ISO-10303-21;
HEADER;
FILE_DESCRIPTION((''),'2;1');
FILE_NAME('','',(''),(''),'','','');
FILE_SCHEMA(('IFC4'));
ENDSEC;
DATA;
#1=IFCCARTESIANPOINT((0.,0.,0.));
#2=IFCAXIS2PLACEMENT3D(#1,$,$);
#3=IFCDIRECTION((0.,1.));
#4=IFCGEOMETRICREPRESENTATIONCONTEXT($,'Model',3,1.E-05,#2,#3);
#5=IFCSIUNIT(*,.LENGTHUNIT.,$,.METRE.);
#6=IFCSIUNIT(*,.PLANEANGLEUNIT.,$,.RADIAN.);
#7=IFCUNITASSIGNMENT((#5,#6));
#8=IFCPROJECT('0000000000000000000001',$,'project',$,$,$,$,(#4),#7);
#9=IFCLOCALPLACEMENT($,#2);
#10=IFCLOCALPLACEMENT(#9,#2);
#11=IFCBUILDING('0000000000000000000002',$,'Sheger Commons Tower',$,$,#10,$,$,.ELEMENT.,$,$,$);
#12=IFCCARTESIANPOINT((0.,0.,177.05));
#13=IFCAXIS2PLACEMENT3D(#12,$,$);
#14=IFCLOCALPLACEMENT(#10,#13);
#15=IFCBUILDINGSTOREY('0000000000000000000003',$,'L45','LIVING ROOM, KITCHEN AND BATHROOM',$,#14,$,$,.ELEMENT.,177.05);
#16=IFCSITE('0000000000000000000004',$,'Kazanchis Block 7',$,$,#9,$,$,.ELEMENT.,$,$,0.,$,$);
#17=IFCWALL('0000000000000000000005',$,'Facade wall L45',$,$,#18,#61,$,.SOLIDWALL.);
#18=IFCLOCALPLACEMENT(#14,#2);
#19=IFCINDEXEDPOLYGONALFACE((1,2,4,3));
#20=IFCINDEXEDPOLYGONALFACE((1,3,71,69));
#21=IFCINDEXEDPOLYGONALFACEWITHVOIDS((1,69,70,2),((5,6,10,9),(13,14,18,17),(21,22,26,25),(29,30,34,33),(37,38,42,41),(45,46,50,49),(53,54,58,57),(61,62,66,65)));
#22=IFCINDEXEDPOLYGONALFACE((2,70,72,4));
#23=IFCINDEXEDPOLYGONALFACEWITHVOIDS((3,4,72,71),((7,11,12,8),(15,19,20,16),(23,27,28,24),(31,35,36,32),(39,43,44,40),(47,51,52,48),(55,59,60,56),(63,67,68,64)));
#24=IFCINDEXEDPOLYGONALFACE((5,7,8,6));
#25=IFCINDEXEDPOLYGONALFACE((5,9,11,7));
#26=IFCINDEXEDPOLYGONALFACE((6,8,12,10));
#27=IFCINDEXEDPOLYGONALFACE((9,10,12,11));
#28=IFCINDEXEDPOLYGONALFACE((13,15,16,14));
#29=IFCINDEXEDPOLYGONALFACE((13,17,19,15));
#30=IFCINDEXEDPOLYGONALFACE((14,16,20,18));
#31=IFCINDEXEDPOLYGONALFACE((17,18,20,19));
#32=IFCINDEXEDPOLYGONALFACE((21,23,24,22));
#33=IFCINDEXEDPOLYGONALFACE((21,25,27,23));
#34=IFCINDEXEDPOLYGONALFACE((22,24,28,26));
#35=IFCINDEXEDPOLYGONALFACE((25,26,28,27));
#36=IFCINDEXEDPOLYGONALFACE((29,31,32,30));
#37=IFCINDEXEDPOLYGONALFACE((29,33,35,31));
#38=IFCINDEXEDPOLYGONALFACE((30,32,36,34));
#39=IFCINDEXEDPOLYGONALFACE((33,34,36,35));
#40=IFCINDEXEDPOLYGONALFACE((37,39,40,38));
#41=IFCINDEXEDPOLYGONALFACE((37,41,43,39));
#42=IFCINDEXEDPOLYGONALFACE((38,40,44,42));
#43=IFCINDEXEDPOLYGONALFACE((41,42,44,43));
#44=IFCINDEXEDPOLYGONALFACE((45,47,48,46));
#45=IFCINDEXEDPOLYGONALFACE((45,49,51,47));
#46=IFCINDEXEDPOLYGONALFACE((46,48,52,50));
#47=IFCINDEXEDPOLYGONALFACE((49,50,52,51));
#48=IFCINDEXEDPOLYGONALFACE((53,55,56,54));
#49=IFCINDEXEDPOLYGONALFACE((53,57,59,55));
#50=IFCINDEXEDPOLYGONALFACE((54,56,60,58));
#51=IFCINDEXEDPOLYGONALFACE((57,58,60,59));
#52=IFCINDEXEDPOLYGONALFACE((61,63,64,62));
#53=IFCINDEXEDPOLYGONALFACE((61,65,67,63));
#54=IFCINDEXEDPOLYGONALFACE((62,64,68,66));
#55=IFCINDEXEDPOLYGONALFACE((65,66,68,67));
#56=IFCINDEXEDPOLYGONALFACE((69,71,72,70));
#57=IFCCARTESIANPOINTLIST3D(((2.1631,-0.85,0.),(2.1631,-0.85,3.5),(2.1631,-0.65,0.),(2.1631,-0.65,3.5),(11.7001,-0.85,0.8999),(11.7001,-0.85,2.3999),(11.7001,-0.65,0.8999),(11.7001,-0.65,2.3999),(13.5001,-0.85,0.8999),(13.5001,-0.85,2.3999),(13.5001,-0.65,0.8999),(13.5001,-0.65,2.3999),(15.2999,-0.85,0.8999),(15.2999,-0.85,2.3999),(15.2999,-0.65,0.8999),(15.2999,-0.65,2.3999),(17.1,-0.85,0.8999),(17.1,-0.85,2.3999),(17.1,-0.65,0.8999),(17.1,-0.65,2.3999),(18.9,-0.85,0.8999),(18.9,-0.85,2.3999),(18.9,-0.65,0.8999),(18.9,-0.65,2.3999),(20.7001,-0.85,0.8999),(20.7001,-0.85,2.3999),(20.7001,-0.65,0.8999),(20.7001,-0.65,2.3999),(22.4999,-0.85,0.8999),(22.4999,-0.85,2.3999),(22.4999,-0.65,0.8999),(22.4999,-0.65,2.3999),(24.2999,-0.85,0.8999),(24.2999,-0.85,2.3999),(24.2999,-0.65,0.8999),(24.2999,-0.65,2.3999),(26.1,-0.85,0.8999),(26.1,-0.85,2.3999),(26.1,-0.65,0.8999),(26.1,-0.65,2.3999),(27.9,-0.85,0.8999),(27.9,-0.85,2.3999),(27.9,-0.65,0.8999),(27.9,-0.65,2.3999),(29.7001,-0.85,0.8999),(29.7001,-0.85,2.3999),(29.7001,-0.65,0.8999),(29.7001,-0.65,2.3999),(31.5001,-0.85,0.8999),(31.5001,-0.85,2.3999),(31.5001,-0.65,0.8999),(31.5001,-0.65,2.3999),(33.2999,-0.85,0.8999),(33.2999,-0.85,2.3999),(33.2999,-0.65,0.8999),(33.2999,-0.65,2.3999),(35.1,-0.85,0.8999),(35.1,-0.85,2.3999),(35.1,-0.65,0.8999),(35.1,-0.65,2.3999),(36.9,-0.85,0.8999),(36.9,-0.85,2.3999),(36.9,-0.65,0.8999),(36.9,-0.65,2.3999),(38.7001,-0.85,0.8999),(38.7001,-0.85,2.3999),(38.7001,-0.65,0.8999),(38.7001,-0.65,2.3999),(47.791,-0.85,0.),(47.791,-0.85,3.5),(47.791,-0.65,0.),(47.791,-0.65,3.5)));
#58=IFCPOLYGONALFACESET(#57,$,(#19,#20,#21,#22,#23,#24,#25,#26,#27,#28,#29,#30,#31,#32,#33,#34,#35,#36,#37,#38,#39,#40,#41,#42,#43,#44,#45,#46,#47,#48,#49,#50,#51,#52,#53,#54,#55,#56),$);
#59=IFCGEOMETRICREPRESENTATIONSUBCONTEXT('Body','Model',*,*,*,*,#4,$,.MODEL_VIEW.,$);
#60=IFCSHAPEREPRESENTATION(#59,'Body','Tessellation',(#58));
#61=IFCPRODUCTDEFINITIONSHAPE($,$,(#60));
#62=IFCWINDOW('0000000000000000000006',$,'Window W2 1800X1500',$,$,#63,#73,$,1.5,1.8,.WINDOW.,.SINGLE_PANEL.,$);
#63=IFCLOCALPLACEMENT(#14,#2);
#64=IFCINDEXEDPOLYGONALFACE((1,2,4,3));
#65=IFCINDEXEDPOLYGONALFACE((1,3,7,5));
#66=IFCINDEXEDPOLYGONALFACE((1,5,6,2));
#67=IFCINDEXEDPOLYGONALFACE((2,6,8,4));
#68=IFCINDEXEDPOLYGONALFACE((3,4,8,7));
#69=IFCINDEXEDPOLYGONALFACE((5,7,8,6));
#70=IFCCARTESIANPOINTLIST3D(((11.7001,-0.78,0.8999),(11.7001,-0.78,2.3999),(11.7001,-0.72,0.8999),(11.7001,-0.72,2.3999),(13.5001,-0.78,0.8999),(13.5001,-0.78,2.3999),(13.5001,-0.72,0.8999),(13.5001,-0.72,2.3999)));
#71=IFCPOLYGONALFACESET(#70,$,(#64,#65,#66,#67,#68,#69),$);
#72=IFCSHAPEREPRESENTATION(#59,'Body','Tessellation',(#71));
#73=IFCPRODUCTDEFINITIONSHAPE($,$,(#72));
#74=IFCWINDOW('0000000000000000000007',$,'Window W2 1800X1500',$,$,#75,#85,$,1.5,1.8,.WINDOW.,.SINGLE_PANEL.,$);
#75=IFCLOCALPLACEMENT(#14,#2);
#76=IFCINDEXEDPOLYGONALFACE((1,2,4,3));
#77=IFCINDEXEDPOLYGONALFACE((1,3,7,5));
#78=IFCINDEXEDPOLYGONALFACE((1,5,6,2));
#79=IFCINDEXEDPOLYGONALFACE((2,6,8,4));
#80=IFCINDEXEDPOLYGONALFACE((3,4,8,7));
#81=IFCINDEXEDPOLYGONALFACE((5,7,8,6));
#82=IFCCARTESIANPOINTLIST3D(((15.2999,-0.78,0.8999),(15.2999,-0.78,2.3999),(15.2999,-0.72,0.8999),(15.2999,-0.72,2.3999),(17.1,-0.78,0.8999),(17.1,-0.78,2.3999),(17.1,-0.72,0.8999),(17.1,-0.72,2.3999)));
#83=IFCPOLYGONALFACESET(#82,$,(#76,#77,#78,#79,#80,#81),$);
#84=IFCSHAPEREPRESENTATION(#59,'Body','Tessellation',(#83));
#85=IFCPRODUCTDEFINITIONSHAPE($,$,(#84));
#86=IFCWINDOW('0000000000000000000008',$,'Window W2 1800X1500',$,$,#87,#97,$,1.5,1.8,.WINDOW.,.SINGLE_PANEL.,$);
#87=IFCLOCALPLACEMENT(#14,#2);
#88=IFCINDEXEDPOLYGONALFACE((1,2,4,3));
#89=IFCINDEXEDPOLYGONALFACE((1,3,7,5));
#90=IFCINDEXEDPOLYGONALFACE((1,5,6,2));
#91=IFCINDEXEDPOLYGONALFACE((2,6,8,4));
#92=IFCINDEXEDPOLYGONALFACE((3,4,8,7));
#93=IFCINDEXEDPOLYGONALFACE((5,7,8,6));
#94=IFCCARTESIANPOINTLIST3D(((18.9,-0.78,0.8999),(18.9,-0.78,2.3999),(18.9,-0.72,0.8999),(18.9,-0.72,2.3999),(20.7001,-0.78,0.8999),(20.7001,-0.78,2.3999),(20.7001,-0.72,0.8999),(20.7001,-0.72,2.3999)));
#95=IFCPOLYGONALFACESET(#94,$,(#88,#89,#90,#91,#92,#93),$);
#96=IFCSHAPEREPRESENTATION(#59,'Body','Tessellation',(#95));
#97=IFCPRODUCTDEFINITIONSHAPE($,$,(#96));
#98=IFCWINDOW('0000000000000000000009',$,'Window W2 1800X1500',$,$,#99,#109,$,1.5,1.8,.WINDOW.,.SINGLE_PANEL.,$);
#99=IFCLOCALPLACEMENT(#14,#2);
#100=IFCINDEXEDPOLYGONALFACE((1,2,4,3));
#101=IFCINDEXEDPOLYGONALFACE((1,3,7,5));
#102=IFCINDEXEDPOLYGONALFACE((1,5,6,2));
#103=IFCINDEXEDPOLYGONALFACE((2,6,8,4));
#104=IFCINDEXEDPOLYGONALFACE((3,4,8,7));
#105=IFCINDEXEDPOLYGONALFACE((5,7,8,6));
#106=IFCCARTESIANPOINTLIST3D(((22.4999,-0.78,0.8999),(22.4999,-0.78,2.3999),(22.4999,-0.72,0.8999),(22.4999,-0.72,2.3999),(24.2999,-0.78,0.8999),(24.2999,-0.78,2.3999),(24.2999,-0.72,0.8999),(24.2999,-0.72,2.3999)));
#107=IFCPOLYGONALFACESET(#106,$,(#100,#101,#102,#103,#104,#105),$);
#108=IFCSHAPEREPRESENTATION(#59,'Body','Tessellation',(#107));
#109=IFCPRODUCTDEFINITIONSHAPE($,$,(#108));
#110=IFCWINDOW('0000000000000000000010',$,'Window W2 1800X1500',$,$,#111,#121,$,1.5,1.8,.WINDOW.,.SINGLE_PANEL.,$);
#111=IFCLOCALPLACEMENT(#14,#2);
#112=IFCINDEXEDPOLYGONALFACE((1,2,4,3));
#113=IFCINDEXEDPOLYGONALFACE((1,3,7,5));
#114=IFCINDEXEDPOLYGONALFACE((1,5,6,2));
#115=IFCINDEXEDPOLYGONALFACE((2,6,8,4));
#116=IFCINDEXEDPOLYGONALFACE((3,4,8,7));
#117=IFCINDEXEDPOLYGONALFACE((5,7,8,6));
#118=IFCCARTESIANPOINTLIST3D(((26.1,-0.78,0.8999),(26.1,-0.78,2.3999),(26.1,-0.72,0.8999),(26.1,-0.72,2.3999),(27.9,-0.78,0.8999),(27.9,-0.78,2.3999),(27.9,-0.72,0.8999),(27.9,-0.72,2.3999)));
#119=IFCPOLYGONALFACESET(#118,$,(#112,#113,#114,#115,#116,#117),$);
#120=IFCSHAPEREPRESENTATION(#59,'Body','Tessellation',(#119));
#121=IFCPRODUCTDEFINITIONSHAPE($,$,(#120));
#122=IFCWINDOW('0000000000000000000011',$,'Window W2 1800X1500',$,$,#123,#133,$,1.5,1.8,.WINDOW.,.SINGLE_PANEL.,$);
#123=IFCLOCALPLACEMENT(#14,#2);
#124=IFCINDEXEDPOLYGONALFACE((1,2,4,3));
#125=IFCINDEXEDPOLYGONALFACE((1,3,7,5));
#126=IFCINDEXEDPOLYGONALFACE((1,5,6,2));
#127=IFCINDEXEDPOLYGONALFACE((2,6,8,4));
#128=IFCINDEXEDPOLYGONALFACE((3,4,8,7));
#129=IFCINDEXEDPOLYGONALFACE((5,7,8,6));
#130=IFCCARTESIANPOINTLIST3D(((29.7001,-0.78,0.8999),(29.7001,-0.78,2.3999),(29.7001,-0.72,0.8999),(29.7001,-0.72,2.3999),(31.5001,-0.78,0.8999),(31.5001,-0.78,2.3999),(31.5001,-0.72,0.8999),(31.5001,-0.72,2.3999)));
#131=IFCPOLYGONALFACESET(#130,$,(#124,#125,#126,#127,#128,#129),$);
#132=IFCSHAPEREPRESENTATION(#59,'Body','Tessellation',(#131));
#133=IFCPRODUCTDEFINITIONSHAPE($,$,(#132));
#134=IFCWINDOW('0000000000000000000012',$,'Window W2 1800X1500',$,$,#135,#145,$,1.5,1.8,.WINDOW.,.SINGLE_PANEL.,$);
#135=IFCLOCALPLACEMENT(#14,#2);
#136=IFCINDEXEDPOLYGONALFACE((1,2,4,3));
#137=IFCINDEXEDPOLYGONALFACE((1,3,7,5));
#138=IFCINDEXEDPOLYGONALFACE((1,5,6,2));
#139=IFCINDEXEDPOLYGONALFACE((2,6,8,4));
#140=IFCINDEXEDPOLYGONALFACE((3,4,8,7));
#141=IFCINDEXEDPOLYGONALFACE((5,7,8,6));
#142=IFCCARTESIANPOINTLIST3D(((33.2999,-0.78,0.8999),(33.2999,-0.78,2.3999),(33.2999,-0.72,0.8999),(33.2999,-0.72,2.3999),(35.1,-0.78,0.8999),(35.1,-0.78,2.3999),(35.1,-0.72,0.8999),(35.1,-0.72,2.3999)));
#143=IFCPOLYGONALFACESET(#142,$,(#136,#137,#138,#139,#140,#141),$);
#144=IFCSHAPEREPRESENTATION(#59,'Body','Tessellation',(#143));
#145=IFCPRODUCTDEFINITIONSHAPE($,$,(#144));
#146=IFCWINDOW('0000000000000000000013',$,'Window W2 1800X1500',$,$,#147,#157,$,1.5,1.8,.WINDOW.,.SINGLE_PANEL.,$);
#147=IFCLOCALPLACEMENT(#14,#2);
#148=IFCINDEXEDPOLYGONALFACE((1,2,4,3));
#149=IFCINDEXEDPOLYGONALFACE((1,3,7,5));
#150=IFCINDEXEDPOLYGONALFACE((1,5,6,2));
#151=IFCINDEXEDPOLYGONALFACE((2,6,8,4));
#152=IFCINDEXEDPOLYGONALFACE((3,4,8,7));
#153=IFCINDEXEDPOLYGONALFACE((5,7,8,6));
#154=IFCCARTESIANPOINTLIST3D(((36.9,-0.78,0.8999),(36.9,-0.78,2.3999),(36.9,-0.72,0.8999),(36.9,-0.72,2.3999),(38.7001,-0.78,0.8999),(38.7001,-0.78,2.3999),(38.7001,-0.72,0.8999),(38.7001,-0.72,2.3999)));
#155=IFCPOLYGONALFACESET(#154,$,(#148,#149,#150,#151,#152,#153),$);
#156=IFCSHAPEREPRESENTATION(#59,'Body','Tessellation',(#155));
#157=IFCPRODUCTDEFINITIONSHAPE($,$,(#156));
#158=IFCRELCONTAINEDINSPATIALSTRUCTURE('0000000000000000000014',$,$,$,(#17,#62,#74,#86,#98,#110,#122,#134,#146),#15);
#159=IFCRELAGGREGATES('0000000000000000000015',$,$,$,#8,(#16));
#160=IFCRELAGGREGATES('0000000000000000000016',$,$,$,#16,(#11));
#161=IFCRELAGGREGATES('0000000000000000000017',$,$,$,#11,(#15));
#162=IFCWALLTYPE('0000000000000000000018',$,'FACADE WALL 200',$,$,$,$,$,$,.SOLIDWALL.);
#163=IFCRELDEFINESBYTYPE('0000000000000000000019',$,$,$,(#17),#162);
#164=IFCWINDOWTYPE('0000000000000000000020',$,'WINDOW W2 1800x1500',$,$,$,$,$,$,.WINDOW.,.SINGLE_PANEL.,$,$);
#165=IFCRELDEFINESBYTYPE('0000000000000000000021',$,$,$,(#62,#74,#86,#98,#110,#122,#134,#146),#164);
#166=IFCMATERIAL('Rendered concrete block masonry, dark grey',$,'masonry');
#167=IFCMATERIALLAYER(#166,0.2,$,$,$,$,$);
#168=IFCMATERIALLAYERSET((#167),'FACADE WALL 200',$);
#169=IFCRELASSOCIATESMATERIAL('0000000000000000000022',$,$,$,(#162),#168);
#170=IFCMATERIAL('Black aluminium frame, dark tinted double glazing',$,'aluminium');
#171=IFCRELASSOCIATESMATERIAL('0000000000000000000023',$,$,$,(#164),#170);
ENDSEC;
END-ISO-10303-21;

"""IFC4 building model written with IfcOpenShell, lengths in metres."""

from ifc_helpers import new_model, si_unit, direction, frame, frame_2d, origin, place, context, subcontext, project, spatial, rectangle, extrude, material, layer, layer_set, type_object, element, fill, save


model = new_model("IFC4")

# Units and contexts
model_context = context("Model", 3, precision=1e-05, world=origin(), true_north=direction((0.0, 1.0)))
body_context = subcontext(model_context, "Body", "Model", "MODEL_VIEW")
ifc_project = project(units=[si_unit("LENGTHUNIT", "METRE"), si_unit("PLANEANGLEUNIT", "RADIAN")], contexts=[model_context])

# Site, building, storey
site_placement = place(None, origin())
site = spatial("IfcSite", under=ifc_project, at=site_placement, Name="Kazanchis Block 7", CompositionType="ELEMENT", RefElevation=0.0)
building_placement = place(site_placement, origin())
building = spatial("IfcBuilding", under=site, at=building_placement, Name="Sheger Commons Tower", CompositionType="ELEMENT")
storey_placement = place(building_placement, frame((0.0, 0.0, 177.05)))
storey = spatial("IfcBuildingStorey", under=building, at=storey_placement, Name="L45", Description="LIVING ROOM, KITCHEN AND BATHROOM", CompositionType="ELEMENT", Elevation=177.05)

# Wall, openings, windows
ifc_material_1 = material(Name="Rendered concrete block masonry, dark grey", Category="masonry")
ifc_layer_1 = layer(ifc_material_1, 0.2)
ifc_layer_set_1 = layer_set([ifc_layer_1], Name="FACADE WALL 200")
wall_type_1 = type_object("IfcWallType", Name="FACADE WALL 200", PredefinedType="SOLIDWALL", material=ifc_layer_set_1)
wall_1_placement = place(storey_placement, frame((2.1631, -0.75, 0.0), z_axis=(0.0, 0.0, 1.0), x_axis=(1.0, 0.0, 0.0)))
wall_1 = element("IfcWall", 1, at=wall_1_placement, inside=storey, type_object=wall_type_1, Name="Facade wall L45", PredefinedType="SOLIDWALL", context=body_context, shape_type="SweptSolid", body=[
    extrude(rectangle(XDim=45.6279, YDim=0.2, at=frame_2d((22.814, 0.0))), origin(), (0.0, 0.0, 1.0), 3.5),
])
opening_1_placement = place(wall_1_placement, frame((9.5371, 0.0, 0.8999)))
opening_1 = element("IfcOpeningElement", 2, at=opening_1_placement, cuts=wall_1, PredefinedType="OPENING", context=body_context, shape_type="SweptSolid", body=[
    extrude(rectangle(XDim=1.8, YDim=1.5, at=frame_2d((0.8999, 0.75))), frame((0.0, 0.1099, 0.0), z_axis=(0.0, -1.0, 0.0), x_axis=(1.0, 0.0, 0.0)), (0.0, 0.0, 1.0), 0.22),
])
opening_2_placement = place(wall_1_placement, frame((13.137, 0.0, 0.8999)))
opening_2 = element("IfcOpeningElement", 3, at=opening_2_placement, cuts=wall_1, PredefinedType="OPENING", context=body_context, shape_type="SweptSolid", body=[
    extrude(rectangle(XDim=1.8, YDim=1.5, at=frame_2d((0.8999, 0.75))), frame((0.0, 0.1099, 0.0), z_axis=(0.0, -1.0, 0.0), x_axis=(1.0, 0.0, 0.0)), (0.0, 0.0, 1.0), 0.22),
])
opening_3_placement = place(wall_1_placement, frame((16.7371, 0.0, 0.8999)))
opening_3 = element("IfcOpeningElement", 4, at=opening_3_placement, cuts=wall_1, PredefinedType="OPENING", context=body_context, shape_type="SweptSolid", body=[
    extrude(rectangle(XDim=1.8, YDim=1.5, at=frame_2d((0.8999, 0.75))), frame((0.0, 0.1099, 0.0), z_axis=(0.0, -1.0, 0.0), x_axis=(1.0, 0.0, 0.0)), (0.0, 0.0, 1.0), 0.22),
])
opening_4_placement = place(wall_1_placement, frame((20.3369, 0.0, 0.8999)))
opening_4 = element("IfcOpeningElement", 5, at=opening_4_placement, cuts=wall_1, PredefinedType="OPENING", context=body_context, shape_type="SweptSolid", body=[
    extrude(rectangle(XDim=1.8, YDim=1.5, at=frame_2d((0.8999, 0.75))), frame((0.0, 0.1099, 0.0), z_axis=(0.0, -1.0, 0.0), x_axis=(1.0, 0.0, 0.0)), (0.0, 0.0, 1.0), 0.22),
])
opening_5_placement = place(wall_1_placement, frame((23.937, 0.0, 0.8999)))
opening_5 = element("IfcOpeningElement", 6, at=opening_5_placement, cuts=wall_1, PredefinedType="OPENING", context=body_context, shape_type="SweptSolid", body=[
    extrude(rectangle(XDim=1.8, YDim=1.5, at=frame_2d((0.8999, 0.75))), frame((0.0, 0.1099, 0.0), z_axis=(0.0, -1.0, 0.0), x_axis=(1.0, 0.0, 0.0)), (0.0, 0.0, 1.0), 0.22),
])
opening_6_placement = place(wall_1_placement, frame((27.5371, 0.0, 0.8999)))
opening_6 = element("IfcOpeningElement", 7, at=opening_6_placement, cuts=wall_1, PredefinedType="OPENING", context=body_context, shape_type="SweptSolid", body=[
    extrude(rectangle(XDim=1.8, YDim=1.5, at=frame_2d((0.8999, 0.75))), frame((0.0, 0.1099, 0.0), z_axis=(0.0, -1.0, 0.0), x_axis=(1.0, 0.0, 0.0)), (0.0, 0.0, 1.0), 0.22),
])
opening_7_placement = place(wall_1_placement, frame((31.137, 0.0, 0.8999)))
opening_7 = element("IfcOpeningElement", 8, at=opening_7_placement, cuts=wall_1, PredefinedType="OPENING", context=body_context, shape_type="SweptSolid", body=[
    extrude(rectangle(XDim=1.8, YDim=1.5, at=frame_2d((0.8999, 0.75))), frame((0.0, 0.1099, 0.0), z_axis=(0.0, -1.0, 0.0), x_axis=(1.0, 0.0, 0.0)), (0.0, 0.0, 1.0), 0.22),
])
opening_8_placement = place(wall_1_placement, frame((34.7371, 0.0, 0.8999)))
opening_8 = element("IfcOpeningElement", 9, at=opening_8_placement, cuts=wall_1, PredefinedType="OPENING", context=body_context, shape_type="SweptSolid", body=[
    extrude(rectangle(XDim=1.8, YDim=1.5, at=frame_2d((0.8999, 0.75))), frame((0.0, 0.1099, 0.0), z_axis=(0.0, -1.0, 0.0), x_axis=(1.0, 0.0, 0.0)), (0.0, 0.0, 1.0), 0.22),
])
ifc_material_2 = material(Name="Black aluminium frame, dark tinted double glazing", Category="aluminium")
window_type = type_object("IfcWindowType", Name="WINDOW W2 1800x1500", PartitioningType="SINGLE_PANEL", PredefinedType="WINDOW", material=ifc_material_2)
window_1_placement = place(opening_1_placement, origin())
window_1 = element("IfcWindow", 10, at=window_1_placement, inside=storey, type_object=window_type, Name="Window W2 1800X1500", OverallHeight=1.5, OverallWidth=1.8, PartitioningType="SINGLE_PANEL", PredefinedType="WINDOW", context=body_context, shape_type="SweptSolid", body=[
    extrude(rectangle(XDim=1.8, YDim=1.5, at=frame_2d((0.8999, 0.75))), frame((0.0, 0.03, 0.0), z_axis=(0.0, -1.0, 0.0), x_axis=(1.0, 0.0, 0.0)), (0.0, 0.0, 1.0), 0.0601),
])
fill(opening_1, window_1)
window_2_placement = place(opening_2_placement, origin())
window_2 = element("IfcWindow", 11, at=window_2_placement, inside=storey, type_object=window_type, Name="Window W2 1800X1500", OverallHeight=1.5, OverallWidth=1.8, PartitioningType="SINGLE_PANEL", PredefinedType="WINDOW", context=body_context, shape_type="SweptSolid", body=[
    extrude(rectangle(XDim=1.8, YDim=1.5, at=frame_2d((0.8999, 0.75))), frame((0.0, 0.03, 0.0), z_axis=(0.0, -1.0, 0.0), x_axis=(1.0, 0.0, 0.0)), (0.0, 0.0, 1.0), 0.0601),
])
fill(opening_2, window_2)
window_3_placement = place(opening_3_placement, origin())
window_3 = element("IfcWindow", 12, at=window_3_placement, inside=storey, type_object=window_type, Name="Window W2 1800X1500", OverallHeight=1.5, OverallWidth=1.8, PartitioningType="SINGLE_PANEL", PredefinedType="WINDOW", context=body_context, shape_type="SweptSolid", body=[
    extrude(rectangle(XDim=1.8, YDim=1.5, at=frame_2d((0.8999, 0.75))), frame((0.0, 0.03, 0.0), z_axis=(0.0, -1.0, 0.0), x_axis=(1.0, 0.0, 0.0)), (0.0, 0.0, 1.0), 0.0601),
])
fill(opening_3, window_3)
window_4_placement = place(opening_4_placement, origin())
window_4 = element("IfcWindow", 13, at=window_4_placement, inside=storey, type_object=window_type, Name="Window W2 1800X1500", OverallHeight=1.5, OverallWidth=1.8, PartitioningType="SINGLE_PANEL", PredefinedType="WINDOW", context=body_context, shape_type="SweptSolid", body=[
    extrude(rectangle(XDim=1.8, YDim=1.5, at=frame_2d((0.8999, 0.75))), frame((0.0, 0.03, 0.0), z_axis=(0.0, -1.0, 0.0), x_axis=(1.0, 0.0, 0.0)), (0.0, 0.0, 1.0), 0.0601),
])
fill(opening_4, window_4)
window_5_placement = place(opening_5_placement, origin())
window_5 = element("IfcWindow", 14, at=window_5_placement, inside=storey, type_object=window_type, Name="Window W2 1800X1500", OverallHeight=1.5, OverallWidth=1.8, PartitioningType="SINGLE_PANEL", PredefinedType="WINDOW", context=body_context, shape_type="SweptSolid", body=[
    extrude(rectangle(XDim=1.8, YDim=1.5, at=frame_2d((0.8999, 0.75))), frame((0.0, 0.03, 0.0), z_axis=(0.0, -1.0, 0.0), x_axis=(1.0, 0.0, 0.0)), (0.0, 0.0, 1.0), 0.0601),
])
fill(opening_5, window_5)
window_6_placement = place(opening_6_placement, origin())
window_6 = element("IfcWindow", 15, at=window_6_placement, inside=storey, type_object=window_type, Name="Window W2 1800X1500", OverallHeight=1.5, OverallWidth=1.8, PartitioningType="SINGLE_PANEL", PredefinedType="WINDOW", context=body_context, shape_type="SweptSolid", body=[
    extrude(rectangle(XDim=1.8, YDim=1.5, at=frame_2d((0.8999, 0.75))), frame((0.0, 0.03, 0.0), z_axis=(0.0, -1.0, 0.0), x_axis=(1.0, 0.0, 0.0)), (0.0, 0.0, 1.0), 0.0601),
])
fill(opening_6, window_6)
window_7_placement = place(opening_7_placement, origin())
window_7 = element("IfcWindow", 16, at=window_7_placement, inside=storey, type_object=window_type, Name="Window W2 1800X1500", OverallHeight=1.5, OverallWidth=1.8, PartitioningType="SINGLE_PANEL", PredefinedType="WINDOW", context=body_context, shape_type="SweptSolid", body=[
    extrude(rectangle(XDim=1.8, YDim=1.5, at=frame_2d((0.8999, 0.75))), frame((0.0, 0.03, 0.0), z_axis=(0.0, -1.0, 0.0), x_axis=(1.0, 0.0, 0.0)), (0.0, 0.0, 1.0), 0.0601),
])
fill(opening_7, window_7)
window_8_placement = place(opening_8_placement, origin())
window_8 = element("IfcWindow", 17, at=window_8_placement, inside=storey, type_object=window_type, Name="Window W2 1800X1500", OverallHeight=1.5, OverallWidth=1.8, PartitioningType="SINGLE_PANEL", PredefinedType="WINDOW", context=body_context, shape_type="SweptSolid", body=[
    extrude(rectangle(XDim=1.8, YDim=1.5, at=frame_2d((0.8999, 0.75))), frame((0.0, 0.03, 0.0), z_axis=(0.0, -1.0, 0.0), x_axis=(1.0, 0.0, 0.0)), (0.0, 0.0, 1.0), 0.0601),
])
fill(opening_8, window_8)

save(model, "model.ifc")
